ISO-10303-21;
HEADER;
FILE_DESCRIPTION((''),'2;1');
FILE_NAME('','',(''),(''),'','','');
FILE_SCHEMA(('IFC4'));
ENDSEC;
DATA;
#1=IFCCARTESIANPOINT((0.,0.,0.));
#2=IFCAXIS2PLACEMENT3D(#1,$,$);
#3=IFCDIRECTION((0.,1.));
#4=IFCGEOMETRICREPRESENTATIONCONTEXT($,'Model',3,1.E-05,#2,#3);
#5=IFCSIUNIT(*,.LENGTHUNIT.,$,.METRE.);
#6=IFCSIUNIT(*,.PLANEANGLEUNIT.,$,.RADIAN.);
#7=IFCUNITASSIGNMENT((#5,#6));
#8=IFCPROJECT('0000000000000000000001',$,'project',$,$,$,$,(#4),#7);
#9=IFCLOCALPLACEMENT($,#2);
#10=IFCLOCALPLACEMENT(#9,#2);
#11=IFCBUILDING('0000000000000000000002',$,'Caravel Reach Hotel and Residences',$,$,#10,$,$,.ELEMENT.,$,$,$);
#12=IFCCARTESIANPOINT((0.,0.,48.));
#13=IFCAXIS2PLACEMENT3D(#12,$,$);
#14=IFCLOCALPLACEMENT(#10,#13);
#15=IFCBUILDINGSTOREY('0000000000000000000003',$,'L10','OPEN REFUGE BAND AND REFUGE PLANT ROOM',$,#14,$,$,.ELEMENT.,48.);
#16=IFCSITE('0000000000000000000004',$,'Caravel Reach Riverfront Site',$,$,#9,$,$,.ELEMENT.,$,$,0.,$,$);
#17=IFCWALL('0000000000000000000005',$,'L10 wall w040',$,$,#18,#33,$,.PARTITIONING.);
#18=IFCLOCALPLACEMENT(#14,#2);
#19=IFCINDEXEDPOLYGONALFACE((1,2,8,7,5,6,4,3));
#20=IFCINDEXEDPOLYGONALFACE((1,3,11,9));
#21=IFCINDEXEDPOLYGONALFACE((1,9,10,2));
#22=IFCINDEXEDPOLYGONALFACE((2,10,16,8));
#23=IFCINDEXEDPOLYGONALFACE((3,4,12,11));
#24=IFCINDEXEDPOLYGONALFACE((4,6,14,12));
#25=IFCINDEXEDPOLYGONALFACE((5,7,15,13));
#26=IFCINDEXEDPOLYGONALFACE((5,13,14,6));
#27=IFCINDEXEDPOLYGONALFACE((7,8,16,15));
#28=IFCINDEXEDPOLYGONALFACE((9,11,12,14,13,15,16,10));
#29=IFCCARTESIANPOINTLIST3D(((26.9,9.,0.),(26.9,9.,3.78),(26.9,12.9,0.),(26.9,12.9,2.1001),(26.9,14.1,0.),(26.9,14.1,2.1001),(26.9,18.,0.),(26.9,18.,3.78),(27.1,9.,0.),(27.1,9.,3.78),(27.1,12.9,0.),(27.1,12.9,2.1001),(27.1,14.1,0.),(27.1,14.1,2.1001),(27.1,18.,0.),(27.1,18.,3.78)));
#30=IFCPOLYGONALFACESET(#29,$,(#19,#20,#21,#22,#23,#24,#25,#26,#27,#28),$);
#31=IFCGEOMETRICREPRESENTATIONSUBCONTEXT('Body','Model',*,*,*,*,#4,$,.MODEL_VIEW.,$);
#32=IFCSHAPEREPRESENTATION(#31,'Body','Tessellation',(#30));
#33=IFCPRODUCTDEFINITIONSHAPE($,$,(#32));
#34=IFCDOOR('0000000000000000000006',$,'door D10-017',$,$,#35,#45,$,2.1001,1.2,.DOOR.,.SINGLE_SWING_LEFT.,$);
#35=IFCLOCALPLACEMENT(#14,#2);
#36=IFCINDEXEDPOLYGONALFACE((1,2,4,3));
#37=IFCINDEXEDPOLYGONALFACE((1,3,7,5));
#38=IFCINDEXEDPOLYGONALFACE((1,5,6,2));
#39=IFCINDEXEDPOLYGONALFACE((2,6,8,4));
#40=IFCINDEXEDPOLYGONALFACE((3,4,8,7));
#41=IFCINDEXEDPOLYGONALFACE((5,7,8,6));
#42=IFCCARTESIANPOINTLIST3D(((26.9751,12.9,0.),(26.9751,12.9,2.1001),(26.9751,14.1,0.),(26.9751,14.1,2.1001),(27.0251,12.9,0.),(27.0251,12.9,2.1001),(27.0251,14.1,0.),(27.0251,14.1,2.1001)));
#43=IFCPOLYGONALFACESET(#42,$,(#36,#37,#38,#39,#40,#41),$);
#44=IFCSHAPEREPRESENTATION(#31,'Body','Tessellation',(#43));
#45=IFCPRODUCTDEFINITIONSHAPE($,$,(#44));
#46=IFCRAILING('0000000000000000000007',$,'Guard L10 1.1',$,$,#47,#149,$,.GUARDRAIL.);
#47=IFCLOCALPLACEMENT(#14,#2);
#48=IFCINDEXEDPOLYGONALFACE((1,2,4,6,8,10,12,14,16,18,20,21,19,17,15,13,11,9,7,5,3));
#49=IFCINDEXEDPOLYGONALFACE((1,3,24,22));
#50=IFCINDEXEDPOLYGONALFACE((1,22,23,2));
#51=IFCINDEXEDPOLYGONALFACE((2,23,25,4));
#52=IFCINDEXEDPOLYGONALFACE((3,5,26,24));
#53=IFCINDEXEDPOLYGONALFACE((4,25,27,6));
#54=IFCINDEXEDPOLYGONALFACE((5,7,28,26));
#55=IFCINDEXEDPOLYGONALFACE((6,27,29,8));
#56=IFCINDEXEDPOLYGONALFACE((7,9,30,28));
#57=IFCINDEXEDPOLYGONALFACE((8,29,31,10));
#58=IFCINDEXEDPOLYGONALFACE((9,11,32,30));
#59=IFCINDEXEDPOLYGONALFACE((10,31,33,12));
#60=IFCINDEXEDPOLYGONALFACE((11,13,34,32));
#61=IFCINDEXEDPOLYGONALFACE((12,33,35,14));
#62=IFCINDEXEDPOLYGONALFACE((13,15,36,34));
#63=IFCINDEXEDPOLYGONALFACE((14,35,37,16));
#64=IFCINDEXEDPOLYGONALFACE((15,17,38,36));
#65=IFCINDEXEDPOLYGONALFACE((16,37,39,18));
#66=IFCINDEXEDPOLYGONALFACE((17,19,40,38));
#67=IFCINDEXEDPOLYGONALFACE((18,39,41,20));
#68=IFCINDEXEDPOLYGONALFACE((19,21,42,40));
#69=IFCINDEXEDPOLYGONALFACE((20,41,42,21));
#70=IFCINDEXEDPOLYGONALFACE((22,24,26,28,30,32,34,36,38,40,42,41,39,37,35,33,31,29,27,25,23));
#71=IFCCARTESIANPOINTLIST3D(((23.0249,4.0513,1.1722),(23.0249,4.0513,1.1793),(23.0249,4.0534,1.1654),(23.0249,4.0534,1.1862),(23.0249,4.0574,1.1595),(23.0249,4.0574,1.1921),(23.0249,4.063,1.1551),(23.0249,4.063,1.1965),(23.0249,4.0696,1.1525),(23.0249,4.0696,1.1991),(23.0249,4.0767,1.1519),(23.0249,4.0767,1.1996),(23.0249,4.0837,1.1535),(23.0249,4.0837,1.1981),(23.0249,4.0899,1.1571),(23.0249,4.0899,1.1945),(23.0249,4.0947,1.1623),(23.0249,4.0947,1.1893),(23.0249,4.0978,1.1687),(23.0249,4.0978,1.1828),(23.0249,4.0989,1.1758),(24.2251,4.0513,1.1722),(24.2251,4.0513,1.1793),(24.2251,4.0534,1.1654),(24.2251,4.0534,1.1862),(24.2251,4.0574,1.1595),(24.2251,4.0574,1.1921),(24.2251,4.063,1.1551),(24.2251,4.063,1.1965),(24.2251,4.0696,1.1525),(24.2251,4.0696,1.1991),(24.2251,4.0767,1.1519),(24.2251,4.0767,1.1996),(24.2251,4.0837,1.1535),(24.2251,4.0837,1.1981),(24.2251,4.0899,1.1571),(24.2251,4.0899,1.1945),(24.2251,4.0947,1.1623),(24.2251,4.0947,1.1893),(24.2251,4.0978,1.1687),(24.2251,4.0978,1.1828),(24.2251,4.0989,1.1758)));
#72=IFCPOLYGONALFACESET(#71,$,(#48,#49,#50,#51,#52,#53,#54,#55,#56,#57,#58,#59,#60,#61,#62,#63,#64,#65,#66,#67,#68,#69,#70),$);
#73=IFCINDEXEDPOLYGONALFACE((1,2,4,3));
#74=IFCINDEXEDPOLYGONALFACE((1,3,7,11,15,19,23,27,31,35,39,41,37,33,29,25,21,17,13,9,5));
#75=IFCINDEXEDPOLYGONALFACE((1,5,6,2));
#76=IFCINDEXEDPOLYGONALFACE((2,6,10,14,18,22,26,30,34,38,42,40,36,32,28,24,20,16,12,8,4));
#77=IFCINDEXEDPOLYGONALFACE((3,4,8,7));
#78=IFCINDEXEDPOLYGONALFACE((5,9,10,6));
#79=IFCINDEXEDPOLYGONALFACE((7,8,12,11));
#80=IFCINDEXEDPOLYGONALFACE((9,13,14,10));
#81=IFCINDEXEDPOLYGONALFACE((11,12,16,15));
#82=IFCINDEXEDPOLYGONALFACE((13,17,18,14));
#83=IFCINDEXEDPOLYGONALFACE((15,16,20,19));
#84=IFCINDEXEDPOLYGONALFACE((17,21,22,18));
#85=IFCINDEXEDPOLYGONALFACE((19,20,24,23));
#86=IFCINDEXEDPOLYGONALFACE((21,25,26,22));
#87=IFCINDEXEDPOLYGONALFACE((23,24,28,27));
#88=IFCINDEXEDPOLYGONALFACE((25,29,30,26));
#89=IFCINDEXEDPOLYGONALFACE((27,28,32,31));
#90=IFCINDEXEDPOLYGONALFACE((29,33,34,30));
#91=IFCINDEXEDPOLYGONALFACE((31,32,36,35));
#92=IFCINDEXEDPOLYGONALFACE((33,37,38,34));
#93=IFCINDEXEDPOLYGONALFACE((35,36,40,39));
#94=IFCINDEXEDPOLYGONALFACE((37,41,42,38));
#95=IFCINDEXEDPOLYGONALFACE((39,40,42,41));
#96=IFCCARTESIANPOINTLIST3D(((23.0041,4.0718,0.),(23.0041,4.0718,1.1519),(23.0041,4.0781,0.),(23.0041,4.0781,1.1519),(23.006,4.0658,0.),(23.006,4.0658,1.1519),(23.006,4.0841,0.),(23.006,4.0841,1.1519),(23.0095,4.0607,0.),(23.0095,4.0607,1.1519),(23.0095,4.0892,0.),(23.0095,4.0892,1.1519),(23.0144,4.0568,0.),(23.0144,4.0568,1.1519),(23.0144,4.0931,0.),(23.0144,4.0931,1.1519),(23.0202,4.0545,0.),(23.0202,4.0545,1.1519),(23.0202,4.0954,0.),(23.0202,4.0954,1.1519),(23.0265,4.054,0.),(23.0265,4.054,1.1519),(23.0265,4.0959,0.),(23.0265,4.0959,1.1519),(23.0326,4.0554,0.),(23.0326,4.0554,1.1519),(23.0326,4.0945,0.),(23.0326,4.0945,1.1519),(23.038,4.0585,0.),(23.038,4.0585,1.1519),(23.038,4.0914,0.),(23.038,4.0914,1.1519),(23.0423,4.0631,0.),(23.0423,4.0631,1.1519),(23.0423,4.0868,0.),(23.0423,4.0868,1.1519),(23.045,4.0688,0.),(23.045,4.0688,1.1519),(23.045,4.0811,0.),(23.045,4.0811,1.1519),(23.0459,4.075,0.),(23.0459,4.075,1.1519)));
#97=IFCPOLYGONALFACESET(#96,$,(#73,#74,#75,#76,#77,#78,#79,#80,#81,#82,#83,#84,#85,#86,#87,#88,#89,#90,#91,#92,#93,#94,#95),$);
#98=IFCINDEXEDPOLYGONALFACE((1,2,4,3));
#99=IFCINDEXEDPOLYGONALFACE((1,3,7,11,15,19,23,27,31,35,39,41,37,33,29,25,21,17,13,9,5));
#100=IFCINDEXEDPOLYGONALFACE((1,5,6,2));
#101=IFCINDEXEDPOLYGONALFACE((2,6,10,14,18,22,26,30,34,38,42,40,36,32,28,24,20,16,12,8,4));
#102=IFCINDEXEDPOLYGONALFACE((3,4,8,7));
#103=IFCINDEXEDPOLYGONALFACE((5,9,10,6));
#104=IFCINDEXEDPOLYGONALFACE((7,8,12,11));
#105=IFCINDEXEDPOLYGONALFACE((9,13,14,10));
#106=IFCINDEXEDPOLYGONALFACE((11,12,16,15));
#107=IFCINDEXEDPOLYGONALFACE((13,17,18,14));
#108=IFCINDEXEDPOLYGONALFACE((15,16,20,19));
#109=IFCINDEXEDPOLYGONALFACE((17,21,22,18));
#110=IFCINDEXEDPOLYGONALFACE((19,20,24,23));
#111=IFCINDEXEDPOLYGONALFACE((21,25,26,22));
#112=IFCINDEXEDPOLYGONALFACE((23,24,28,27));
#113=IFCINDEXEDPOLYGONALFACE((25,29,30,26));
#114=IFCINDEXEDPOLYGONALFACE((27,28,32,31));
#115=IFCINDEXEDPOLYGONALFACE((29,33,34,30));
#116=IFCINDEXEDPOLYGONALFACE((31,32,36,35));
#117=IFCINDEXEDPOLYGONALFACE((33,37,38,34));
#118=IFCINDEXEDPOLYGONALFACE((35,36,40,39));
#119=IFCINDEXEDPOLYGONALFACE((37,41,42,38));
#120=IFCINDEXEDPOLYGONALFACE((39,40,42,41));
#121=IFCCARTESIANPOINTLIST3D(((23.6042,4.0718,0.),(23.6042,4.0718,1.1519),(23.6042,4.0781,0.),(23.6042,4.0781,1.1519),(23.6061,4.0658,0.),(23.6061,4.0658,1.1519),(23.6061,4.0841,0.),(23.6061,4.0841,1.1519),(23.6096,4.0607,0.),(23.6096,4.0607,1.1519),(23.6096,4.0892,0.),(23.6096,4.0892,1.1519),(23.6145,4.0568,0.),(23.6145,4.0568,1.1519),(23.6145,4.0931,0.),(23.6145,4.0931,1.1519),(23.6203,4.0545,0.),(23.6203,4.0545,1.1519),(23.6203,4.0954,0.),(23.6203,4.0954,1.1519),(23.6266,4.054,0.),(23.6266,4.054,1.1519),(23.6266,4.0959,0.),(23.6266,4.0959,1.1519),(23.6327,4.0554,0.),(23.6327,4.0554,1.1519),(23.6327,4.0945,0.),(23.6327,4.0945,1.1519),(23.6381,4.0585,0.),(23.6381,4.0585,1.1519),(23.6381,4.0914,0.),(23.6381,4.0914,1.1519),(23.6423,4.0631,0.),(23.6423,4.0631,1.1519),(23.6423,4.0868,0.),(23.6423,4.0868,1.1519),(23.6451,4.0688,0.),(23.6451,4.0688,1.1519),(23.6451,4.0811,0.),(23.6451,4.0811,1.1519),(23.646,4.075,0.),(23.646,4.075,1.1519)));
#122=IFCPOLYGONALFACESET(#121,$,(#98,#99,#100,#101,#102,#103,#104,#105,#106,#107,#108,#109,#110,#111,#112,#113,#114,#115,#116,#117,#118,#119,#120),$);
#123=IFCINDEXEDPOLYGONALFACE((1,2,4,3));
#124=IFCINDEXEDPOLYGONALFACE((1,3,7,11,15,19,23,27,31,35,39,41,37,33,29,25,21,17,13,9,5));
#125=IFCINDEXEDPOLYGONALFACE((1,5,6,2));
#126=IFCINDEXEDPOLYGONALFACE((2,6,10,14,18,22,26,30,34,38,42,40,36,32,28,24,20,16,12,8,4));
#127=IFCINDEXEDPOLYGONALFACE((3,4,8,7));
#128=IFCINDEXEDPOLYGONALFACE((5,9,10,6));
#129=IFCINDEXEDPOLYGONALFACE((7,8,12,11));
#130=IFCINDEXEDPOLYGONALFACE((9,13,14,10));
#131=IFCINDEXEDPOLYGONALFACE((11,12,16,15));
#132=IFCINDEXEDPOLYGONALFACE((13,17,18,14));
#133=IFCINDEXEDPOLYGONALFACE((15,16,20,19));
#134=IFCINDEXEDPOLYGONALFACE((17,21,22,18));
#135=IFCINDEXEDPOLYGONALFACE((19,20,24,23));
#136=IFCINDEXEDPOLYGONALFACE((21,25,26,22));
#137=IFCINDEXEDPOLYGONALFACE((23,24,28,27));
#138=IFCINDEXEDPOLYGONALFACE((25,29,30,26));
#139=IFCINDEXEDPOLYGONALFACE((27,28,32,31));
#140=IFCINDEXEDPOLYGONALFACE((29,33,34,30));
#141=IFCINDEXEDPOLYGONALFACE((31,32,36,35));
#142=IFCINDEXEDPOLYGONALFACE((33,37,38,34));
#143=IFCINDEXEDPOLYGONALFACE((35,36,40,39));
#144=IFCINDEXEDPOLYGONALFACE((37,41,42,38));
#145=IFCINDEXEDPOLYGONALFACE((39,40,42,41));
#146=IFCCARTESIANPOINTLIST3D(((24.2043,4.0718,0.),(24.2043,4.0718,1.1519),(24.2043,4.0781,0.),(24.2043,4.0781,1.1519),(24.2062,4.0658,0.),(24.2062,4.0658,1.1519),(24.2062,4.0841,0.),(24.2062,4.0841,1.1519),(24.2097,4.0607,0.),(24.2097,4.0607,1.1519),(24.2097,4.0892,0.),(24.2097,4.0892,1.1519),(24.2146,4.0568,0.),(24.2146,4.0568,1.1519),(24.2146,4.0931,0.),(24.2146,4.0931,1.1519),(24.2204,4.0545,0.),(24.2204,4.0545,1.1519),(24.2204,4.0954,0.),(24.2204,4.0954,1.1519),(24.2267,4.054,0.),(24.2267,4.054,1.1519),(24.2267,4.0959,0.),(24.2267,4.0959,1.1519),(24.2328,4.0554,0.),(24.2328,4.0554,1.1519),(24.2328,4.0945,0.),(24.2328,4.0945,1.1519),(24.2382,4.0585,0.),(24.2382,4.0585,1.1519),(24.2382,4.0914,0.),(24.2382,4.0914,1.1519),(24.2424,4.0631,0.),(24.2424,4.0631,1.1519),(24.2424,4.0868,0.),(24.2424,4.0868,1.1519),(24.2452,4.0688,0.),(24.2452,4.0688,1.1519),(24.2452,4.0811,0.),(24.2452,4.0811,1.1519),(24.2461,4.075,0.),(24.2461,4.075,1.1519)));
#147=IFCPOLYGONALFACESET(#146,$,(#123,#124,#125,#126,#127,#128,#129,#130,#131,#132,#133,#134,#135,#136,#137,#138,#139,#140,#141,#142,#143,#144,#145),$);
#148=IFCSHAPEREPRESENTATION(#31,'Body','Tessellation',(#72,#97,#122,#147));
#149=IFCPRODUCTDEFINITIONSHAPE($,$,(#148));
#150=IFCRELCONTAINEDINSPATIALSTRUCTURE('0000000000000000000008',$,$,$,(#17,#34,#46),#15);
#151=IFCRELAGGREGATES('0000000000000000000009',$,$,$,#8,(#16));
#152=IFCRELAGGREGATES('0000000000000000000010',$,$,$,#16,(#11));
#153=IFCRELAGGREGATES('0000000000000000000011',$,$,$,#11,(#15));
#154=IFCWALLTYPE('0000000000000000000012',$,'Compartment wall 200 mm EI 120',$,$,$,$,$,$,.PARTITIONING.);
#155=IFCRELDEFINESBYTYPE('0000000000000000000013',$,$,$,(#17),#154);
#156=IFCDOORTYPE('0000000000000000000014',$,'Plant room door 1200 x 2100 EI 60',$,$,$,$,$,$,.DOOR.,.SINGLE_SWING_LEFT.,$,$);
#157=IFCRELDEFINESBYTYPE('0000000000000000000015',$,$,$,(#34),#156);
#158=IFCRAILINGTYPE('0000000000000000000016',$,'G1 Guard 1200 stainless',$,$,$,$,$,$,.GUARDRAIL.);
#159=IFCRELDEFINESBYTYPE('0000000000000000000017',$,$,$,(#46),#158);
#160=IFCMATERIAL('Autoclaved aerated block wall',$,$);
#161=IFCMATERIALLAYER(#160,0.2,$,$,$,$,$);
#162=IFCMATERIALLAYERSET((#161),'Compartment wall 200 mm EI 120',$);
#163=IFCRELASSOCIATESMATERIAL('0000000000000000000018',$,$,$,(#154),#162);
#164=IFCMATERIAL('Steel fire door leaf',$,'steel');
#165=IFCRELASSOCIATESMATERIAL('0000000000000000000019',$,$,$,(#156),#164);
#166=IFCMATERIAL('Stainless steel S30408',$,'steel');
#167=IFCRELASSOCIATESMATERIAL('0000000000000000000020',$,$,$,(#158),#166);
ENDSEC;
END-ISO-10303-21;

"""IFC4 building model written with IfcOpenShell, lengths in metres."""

from ifc_helpers import new_model, si_unit, direction, frame, frame_2d, origin, origin_2d, place, context, subcontext, project, spatial, rectangle, circle, extrude, material, layer, layer_set, type_object, element, fill, save


model = new_model("IFC4")

# Units and contexts
model_context = context("Model", 3, precision=1e-05, world=origin(), true_north=direction((0.0, 1.0)))
body_context = subcontext(model_context, "Body", "Model", "MODEL_VIEW")
ifc_project = project(units=[si_unit("LENGTHUNIT", "METRE"), si_unit("PLANEANGLEUNIT", "RADIAN")], contexts=[model_context])

# Site, building, storey
site_placement = place(None, origin())
site = spatial("IfcSite", under=ifc_project, at=site_placement, Name="Caravel Reach Riverfront Site", CompositionType="ELEMENT", RefElevation=0.0)
building_placement = place(site_placement, origin())
building = spatial("IfcBuilding", under=site, at=building_placement, Name="Caravel Reach Hotel and Residences", CompositionType="ELEMENT")
storey_placement = place(building_placement, frame((0.0, 0.0, 48.0)))
storey = spatial("IfcBuildingStorey", under=building, at=storey_placement, Name="L10", Description="OPEN REFUGE BAND AND REFUGE PLANT ROOM", CompositionType="ELEMENT", Elevation=48.0)

# Shared definitions
ifc_material_1 = material(Name="Autoclaved aerated block wall")
ifc_layer = layer(ifc_material_1, 0.2)
ifc_layer_set = layer_set([ifc_layer], Name="Compartment wall 200 mm EI 120")
wall_type = type_object("IfcWallType", Name="Compartment wall 200 mm EI 120", PredefinedType="PARTITIONING", material=ifc_layer_set)

# Wall, opening, door
wall_1_placement = place(storey_placement, frame((27.0, 9.0, 0.0), z_axis=(0.0, 0.0, 1.0), x_axis=(0.0, 1.0, 0.0)))
wall_1 = element("IfcWall", 1, at=wall_1_placement, inside=storey, type_object=wall_type, Name="L10 wall w040", PredefinedType="PARTITIONING", context=body_context, shape_type="SweptSolid", body=[
    extrude(rectangle(XDim=9.0, YDim=0.2, at=frame_2d((4.5, 0.0))), origin(), (0.0, 0.0, 1.0), 3.78),
])
opening_placement = place(wall_1_placement, frame((3.8999, 0.0, 0.0)))
opening = element("IfcOpeningElement", 2, at=opening_placement, cuts=wall_1, PredefinedType="OPENING", context=body_context, shape_type="SweptSolid", body=[
    extrude(rectangle(XDim=1.2, YDim=2.1001, at=frame_2d((0.6001, 1.05))), frame((0.0, 0.1099, 0.0), z_axis=(0.0, -1.0, 0.0), x_axis=(1.0, 0.0, 0.0)), (0.0, 0.0, 1.0), 0.22),
])
ifc_material_2 = material(Name="Steel fire door leaf", Category="steel")
door_type = type_object("IfcDoorType", Name="Plant room door 1200 x 2100 EI 60", OperationType="SINGLE_SWING_LEFT", PredefinedType="DOOR", material=ifc_material_2)
door_placement = place(opening_placement, origin())
door = element("IfcDoor", 3, at=door_placement, inside=storey, type_object=door_type, Name="door D10-017", OperationType="SINGLE_SWING_LEFT", OverallHeight=2.1001, OverallWidth=1.2, PredefinedType="DOOR", context=body_context, shape_type="SweptSolid", body=[
    extrude(rectangle(XDim=1.2, YDim=2.1001, at=frame_2d((0.6001, 1.05))), frame((0.0, 0.0249, 0.0), z_axis=(0.0, -1.0, 0.0), x_axis=(1.0, 0.0, 0.0)), (0.0, 0.0, 1.0), 0.05),
])
fill(opening, door)

# Railing
ifc_material_3 = material(Name="Stainless steel S30408", Category="steel")
railing_type = type_object("IfcRailingType", Name="G1 Guard 1200 stainless", PredefinedType="GUARDRAIL", material=ifc_material_3)
railing_1_placement = place(storey_placement, frame((23.0249, 4.075, 0.0)))
element("IfcRailing", 4, at=railing_1_placement, inside=storey, type_object=railing_type, Name="Guard L10 1.1", PredefinedType="GUARDRAIL", context=body_context, shape_type="SweptSolid", body=[
    extrude(circle(Radius=0.0239, at=origin_2d()), frame((0.0, 0.0, 1.1758), z_axis=(1.0, 0.0, 0.0), x_axis=(0.0, 1.0, 0.0)), (0.0, 0.0, 1.0), 1.2002),
    extrude(circle(Radius=0.021, at=origin_2d()), origin(), (0.0, 0.0, 1.0), 1.1519),
    extrude(circle(Radius=0.021, at=origin_2d()), frame((0.6001, 0.0, 0.0)), (0.0, 0.0, 1.0), 1.1519),
    extrude(circle(Radius=0.021, at=origin_2d()), frame((1.2002, 0.0, 0.0)), (0.0, 0.0, 1.0), 1.1519),
])

save(model, "model.ifc")
